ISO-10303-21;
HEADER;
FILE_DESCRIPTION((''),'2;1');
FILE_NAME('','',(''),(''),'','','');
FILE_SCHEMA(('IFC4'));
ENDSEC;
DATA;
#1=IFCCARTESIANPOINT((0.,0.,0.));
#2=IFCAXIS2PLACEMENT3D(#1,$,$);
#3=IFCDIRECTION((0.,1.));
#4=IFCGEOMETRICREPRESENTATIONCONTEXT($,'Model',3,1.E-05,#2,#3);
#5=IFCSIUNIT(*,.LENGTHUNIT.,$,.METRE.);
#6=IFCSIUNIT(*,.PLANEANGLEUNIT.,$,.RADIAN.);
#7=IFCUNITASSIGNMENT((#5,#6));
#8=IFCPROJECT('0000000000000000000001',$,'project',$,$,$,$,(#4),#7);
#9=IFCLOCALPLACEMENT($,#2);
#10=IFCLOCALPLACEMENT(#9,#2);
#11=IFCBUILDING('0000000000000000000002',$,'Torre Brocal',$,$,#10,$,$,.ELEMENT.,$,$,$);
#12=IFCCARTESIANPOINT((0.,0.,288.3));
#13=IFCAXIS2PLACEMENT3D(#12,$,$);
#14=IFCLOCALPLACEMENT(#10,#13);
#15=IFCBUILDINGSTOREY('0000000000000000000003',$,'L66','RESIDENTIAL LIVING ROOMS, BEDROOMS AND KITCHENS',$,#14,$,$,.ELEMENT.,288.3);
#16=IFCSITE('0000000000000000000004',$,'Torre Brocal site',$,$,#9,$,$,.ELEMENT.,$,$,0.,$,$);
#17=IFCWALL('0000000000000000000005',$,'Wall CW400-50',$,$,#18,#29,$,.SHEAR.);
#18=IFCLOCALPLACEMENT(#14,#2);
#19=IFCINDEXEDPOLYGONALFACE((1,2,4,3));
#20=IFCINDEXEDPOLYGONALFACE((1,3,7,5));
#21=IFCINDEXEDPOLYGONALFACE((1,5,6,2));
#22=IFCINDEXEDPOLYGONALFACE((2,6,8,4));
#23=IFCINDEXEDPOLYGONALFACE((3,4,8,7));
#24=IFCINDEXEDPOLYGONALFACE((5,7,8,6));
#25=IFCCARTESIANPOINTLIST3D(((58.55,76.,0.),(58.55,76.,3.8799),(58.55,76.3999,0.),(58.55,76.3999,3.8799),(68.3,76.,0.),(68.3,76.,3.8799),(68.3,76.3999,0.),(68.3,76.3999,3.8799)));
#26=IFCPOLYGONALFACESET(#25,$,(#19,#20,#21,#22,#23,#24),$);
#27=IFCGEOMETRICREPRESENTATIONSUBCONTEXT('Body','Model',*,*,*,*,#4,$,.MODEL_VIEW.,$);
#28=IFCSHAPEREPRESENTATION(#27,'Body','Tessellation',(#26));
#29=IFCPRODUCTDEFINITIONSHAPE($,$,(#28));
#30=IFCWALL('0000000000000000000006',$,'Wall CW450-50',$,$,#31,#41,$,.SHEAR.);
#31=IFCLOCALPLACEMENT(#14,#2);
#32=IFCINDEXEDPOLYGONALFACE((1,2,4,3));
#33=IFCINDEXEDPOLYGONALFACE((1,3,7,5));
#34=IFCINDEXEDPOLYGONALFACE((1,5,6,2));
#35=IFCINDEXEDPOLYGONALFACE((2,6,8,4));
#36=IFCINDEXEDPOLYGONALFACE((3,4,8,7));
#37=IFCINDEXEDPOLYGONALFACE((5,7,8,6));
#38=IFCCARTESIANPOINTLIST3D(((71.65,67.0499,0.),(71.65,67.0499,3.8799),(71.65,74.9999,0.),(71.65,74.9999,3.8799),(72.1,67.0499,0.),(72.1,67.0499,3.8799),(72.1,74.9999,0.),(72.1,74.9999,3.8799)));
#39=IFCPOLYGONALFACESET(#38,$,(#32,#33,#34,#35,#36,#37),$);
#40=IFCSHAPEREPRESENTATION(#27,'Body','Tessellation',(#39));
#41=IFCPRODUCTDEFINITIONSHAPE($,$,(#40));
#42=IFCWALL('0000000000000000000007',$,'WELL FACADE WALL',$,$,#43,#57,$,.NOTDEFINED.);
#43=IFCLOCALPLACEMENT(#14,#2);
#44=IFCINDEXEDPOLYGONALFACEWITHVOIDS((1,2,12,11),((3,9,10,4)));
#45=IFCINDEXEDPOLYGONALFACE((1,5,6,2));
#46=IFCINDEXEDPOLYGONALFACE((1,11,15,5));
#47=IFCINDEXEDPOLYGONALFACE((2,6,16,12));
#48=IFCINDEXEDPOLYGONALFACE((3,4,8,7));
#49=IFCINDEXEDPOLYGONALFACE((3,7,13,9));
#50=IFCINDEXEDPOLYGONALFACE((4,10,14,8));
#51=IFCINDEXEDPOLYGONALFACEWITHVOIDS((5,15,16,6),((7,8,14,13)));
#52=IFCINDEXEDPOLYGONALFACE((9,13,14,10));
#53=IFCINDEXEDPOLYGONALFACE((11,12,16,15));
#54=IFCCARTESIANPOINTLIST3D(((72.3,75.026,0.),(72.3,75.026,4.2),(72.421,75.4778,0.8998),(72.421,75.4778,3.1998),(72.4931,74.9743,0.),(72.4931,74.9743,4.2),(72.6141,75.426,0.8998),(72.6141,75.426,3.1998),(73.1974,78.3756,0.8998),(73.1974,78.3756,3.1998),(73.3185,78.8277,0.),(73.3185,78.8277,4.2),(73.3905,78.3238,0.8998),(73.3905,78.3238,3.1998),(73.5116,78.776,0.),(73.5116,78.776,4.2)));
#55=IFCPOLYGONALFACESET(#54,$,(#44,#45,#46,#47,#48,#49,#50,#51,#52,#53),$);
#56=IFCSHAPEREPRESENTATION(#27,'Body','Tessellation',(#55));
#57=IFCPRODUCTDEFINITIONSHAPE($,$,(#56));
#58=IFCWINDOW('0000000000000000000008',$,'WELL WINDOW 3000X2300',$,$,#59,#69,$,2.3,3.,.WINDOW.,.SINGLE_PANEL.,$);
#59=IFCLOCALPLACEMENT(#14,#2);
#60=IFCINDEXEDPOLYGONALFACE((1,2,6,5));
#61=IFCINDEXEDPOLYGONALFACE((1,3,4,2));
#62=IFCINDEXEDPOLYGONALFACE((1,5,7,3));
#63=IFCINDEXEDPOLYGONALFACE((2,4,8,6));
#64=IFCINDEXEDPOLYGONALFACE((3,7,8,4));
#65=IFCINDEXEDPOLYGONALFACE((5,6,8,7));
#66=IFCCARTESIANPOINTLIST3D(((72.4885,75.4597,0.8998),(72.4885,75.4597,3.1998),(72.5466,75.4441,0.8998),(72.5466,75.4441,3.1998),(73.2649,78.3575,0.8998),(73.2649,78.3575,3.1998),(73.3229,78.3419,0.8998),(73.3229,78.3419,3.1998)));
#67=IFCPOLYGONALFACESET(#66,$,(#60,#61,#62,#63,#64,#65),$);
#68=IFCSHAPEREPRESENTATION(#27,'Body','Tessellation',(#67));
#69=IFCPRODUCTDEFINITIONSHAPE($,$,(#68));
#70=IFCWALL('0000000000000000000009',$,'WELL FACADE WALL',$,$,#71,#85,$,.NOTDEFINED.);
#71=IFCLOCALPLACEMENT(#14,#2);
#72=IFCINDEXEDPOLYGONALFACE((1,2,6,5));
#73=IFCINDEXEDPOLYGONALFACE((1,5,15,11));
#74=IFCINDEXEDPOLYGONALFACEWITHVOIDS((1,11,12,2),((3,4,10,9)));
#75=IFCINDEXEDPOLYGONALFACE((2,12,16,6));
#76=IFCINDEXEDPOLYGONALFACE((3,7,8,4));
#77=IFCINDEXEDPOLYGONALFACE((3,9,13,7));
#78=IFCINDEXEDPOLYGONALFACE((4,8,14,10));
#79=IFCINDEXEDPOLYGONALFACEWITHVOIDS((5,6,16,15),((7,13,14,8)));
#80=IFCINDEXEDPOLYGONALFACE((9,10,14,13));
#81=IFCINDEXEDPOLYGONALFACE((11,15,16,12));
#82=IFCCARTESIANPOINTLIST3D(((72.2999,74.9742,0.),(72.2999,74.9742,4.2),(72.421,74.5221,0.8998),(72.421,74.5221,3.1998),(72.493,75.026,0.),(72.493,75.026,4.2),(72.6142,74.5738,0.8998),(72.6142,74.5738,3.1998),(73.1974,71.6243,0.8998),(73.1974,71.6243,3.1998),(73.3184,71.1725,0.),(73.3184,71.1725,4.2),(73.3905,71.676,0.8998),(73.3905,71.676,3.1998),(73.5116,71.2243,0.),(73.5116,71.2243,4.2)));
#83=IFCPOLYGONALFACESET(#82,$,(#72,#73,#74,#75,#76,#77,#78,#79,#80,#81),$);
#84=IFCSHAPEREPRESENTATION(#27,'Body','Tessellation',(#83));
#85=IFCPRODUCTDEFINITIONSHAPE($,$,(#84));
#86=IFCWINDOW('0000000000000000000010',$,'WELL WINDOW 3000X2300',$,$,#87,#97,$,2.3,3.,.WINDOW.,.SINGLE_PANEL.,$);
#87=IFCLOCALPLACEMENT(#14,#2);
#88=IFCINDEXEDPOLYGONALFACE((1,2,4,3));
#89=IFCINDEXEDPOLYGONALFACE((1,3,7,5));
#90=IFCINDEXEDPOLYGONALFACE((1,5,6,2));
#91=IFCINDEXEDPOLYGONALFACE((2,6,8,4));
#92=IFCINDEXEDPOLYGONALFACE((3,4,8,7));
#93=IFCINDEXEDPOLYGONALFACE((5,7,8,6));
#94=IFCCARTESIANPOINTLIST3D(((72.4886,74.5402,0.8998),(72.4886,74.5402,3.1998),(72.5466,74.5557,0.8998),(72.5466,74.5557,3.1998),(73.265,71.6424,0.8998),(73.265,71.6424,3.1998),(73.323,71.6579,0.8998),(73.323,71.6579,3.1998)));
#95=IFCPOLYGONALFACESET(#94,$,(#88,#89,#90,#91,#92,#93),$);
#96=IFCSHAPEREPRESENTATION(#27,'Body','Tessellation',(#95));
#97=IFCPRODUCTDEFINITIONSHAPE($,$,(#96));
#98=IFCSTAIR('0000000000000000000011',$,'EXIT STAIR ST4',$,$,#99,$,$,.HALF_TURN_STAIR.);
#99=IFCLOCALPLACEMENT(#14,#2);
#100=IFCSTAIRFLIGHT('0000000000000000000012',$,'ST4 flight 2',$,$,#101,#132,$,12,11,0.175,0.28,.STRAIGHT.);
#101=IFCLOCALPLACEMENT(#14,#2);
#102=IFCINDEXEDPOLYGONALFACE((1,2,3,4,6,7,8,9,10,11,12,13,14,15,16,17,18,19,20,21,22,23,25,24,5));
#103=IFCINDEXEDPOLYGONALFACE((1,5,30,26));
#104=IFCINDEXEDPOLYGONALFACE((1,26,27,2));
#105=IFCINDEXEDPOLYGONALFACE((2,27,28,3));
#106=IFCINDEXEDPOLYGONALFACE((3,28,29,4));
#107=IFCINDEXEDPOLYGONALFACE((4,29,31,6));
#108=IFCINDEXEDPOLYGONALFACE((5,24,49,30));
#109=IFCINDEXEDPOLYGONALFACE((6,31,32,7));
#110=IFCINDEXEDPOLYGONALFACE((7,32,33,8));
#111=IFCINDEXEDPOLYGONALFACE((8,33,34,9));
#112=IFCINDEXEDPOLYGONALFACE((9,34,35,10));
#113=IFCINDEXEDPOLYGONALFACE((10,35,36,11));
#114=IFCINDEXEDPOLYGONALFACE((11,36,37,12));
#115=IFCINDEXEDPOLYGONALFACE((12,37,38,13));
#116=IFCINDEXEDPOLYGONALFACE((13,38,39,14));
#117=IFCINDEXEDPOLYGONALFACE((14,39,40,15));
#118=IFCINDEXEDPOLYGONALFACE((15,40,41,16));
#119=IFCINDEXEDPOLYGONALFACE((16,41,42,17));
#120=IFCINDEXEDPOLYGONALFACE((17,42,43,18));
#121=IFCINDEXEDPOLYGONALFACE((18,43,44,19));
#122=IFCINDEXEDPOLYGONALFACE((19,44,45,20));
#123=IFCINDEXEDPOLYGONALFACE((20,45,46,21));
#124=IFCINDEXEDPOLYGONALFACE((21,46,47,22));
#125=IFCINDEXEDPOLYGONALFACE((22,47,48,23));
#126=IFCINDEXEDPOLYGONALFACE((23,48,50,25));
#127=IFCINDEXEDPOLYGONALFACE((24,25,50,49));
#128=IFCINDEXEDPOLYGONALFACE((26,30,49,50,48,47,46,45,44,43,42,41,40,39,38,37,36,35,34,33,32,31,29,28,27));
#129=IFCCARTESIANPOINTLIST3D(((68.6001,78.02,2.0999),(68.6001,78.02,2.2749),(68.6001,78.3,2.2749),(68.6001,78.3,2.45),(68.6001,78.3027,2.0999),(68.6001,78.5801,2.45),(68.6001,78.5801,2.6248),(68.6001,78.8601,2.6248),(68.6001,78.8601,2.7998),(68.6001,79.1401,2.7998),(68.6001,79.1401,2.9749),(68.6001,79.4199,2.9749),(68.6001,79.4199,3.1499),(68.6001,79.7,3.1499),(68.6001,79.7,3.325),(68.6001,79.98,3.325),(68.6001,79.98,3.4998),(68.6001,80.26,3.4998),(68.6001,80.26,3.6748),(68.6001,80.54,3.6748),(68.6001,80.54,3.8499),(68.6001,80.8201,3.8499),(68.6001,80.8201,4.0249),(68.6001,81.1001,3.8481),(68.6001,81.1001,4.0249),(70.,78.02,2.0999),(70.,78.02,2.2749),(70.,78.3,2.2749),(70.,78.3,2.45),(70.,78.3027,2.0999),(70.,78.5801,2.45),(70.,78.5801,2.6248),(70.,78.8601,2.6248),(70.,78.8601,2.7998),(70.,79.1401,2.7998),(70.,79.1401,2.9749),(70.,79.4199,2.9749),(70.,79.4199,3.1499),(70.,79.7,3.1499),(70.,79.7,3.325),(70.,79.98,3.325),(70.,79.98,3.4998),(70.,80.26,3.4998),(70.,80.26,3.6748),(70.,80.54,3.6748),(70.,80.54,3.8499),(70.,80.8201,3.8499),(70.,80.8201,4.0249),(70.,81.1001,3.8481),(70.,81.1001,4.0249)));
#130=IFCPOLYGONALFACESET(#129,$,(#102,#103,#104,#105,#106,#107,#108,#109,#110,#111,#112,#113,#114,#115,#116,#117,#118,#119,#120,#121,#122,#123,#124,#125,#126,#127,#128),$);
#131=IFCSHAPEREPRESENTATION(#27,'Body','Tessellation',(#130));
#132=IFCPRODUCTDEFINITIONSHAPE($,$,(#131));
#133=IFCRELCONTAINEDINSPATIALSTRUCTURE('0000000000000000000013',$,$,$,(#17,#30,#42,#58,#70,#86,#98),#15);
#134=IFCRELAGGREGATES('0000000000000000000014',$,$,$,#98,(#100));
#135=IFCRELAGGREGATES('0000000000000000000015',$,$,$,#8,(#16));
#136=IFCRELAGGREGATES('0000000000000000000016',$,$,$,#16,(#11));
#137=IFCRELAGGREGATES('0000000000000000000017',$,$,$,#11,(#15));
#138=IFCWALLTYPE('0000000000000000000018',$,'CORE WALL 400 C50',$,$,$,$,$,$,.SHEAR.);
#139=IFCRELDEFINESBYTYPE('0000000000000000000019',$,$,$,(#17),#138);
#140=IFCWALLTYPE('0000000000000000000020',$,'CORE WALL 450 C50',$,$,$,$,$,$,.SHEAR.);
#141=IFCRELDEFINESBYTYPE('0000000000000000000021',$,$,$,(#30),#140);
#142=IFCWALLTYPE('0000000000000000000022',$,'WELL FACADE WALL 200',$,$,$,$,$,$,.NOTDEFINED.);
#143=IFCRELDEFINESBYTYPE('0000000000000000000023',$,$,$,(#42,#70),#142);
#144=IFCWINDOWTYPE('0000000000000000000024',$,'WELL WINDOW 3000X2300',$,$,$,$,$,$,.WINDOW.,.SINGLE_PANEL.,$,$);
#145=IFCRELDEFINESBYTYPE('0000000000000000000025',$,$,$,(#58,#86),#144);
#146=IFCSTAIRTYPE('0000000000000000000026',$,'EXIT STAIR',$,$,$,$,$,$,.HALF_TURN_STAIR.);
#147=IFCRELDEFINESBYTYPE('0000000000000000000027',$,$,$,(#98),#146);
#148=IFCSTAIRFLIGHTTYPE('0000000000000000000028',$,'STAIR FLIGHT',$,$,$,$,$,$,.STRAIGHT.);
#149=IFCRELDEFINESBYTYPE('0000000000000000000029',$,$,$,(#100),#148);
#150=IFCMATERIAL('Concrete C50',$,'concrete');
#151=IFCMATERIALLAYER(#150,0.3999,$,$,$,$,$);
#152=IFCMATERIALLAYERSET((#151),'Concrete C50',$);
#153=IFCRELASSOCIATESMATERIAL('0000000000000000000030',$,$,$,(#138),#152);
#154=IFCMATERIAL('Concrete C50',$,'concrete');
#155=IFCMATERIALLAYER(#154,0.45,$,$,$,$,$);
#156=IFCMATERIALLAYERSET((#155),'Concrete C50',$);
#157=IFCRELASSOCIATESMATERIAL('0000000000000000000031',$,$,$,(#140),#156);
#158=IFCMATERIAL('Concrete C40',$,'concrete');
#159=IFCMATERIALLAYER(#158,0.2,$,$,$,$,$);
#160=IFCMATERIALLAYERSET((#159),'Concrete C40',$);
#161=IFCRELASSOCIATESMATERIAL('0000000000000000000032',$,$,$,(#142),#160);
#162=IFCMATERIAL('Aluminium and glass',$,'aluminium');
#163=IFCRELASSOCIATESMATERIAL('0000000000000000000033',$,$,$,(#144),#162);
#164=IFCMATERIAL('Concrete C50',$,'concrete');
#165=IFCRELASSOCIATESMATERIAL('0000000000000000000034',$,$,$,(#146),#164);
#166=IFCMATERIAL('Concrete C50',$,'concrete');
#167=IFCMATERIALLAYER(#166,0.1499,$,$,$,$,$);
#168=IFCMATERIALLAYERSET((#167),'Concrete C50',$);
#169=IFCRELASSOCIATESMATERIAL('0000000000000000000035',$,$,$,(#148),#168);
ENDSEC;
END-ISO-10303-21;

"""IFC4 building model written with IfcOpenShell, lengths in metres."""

from ifc_helpers import new_model, si_unit, direction, frame, frame_2d, origin, place, context, subcontext, project, spatial, polyline, rectangle, outline, extrude, material, layer, layer_set, type_object, element, fill, aggregate, save


model = new_model("IFC4")

# Units and contexts
model_context = context("Model", 3, precision=1e-05, world=origin(), true_north=direction((0.0, 1.0)))
body_context = subcontext(model_context, "Body", "Model", "MODEL_VIEW")
ifc_project = project(units=[si_unit("LENGTHUNIT", "METRE"), si_unit("PLANEANGLEUNIT", "RADIAN")], contexts=[model_context])

# Site, building, storey
site_placement = place(None, origin())
site = spatial("IfcSite", under=ifc_project, at=site_placement, Name="Torre Brocal site", CompositionType="ELEMENT", RefElevation=0.0)
building_placement = place(site_placement, origin())
building = spatial("IfcBuilding", under=site, at=building_placement, Name="Torre Brocal", CompositionType="ELEMENT")
storey_placement = place(building_placement, frame((0.0, 0.0, 288.3)))
storey = spatial("IfcBuildingStorey", under=building, at=storey_placement, Name="L66", Description="RESIDENTIAL LIVING ROOMS, BEDROOMS AND KITCHENS", CompositionType="ELEMENT", Elevation=288.3)

# Walls
ifc_material_1 = material(Name="Concrete C50", Category="concrete")
ifc_layer_1 = layer(ifc_material_1, 0.3999)
ifc_layer_set_1 = layer_set([ifc_layer_1], Name="Concrete C50")
wall_type_1 = type_object("IfcWallType", Name="CORE WALL 400 C50", PredefinedType="SHEAR", material=ifc_layer_set_1)
wall_1_placement = place(storey_placement, frame((68.3, 76.2, 0.0), z_axis=(0.0, 0.0, 1.0), x_axis=(-1.0, 0.0, 0.0)))
element("IfcWall", 1, at=wall_1_placement, inside=storey, type_object=wall_type_1, Name="Wall CW400-50", PredefinedType="SHEAR", context=body_context, shape_type="SweptSolid", body=[
    extrude(rectangle(XDim=9.75, YDim=0.3999, at=frame_2d((4.875, 0.0))), origin(), (0.0, 0.0, 1.0), 3.8799),
])
ifc_material_2 = material(Name="Concrete C50", Category="concrete")
ifc_layer_2 = layer(ifc_material_2, 0.45)
ifc_layer_set_2 = layer_set([ifc_layer_2], Name="Concrete C50")
wall_type_2 = type_object("IfcWallType", Name="CORE WALL 450 C50", PredefinedType="SHEAR", material=ifc_layer_set_2)
wall_2_placement = place(storey_placement, frame((71.875, 75.0, 0.0), z_axis=(0.0, 0.0, 1.0), x_axis=(0.0, -1.0, 0.0)))
element("IfcWall", 2, at=wall_2_placement, inside=storey, type_object=wall_type_2, Name="Wall CW450-50", PredefinedType="SHEAR", context=body_context, shape_type="SweptSolid", body=[
    extrude(rectangle(XDim=7.95, YDim=0.45, at=frame_2d((3.9751, 0.0))), origin(), (0.0, 0.0, 1.0), 3.8799),
])

# Walls, openings, windows
ifc_material_3 = material(Name="Concrete C40", Category="concrete")
ifc_layer_3 = layer(ifc_material_3, 0.2)
ifc_layer_set_3 = layer_set([ifc_layer_3], Name="Concrete C40")
wall_type_3 = type_object("IfcWallType", Name="WELL FACADE WALL 200", PredefinedType="NOTDEFINED", material=ifc_layer_set_3)
wall_3_placement = place(storey_placement, frame((73.415, 78.8018, 0.0), z_axis=(0.0, 0.0, 1.0), x_axis=(-0.25879, -0.965934, 0.0)))
wall_3 = element("IfcWall", 3, at=wall_3_placement, inside=storey, type_object=wall_type_3, Name="WELL FACADE WALL", PredefinedType="NOTDEFINED", context=body_context, shape_type="SweptSolid", body=[
    extrude(rectangle(XDim=3.9358, YDim=0.2, at=frame_2d((1.9678, 0.0))), origin(), (0.0, 0.0, 1.0), 4.2),
])
opening_1_placement = place(wall_3_placement, frame((0.468, 0.0, 0.8999)))
opening_1 = element("IfcOpeningElement", 4, at=opening_1_placement, cuts=wall_3, PredefinedType="OPENING", context=body_context, shape_type="SweptSolid", body=[
    extrude(rectangle(XDim=3.0, YDim=2.3, at=frame_2d((1.5, 1.1499))), frame((0.0, 0.1099, 0.0), z_axis=(0.0, -1.0, 0.0), x_axis=(1.0, 0.0, 0.0)), (0.0, 0.0, 1.0), 0.22),
])
ifc_material_4 = material(Name="Aluminium and glass", Category="aluminium")
window_type = type_object("IfcWindowType", Name="WELL WINDOW 3000X2300", PartitioningType="SINGLE_PANEL", PredefinedType="WINDOW", material=ifc_material_4)
window_1_placement = place(opening_1_placement, origin())
window_1 = element("IfcWindow", 5, at=window_1_placement, inside=storey, type_object=window_type, Name="WELL WINDOW 3000X2300", OverallHeight=2.3, OverallWidth=3.0, PartitioningType="SINGLE_PANEL", PredefinedType="WINDOW", context=body_context, shape_type="SweptSolid", body=[
    extrude(rectangle(XDim=3.0, YDim=2.3, at=frame_2d((1.5, 1.1499))), frame((0.0, 0.03, 0.0), z_axis=(0.0, -1.0, 0.0), x_axis=(1.0, 0.0, 0.0)), (0.0, 0.0, 1.0), 0.0601),
])
fill(opening_1, window_1)
wall_4_placement = place(storey_placement, frame((72.3965, 75.0, 0.0), z_axis=(0.0, 0.0, 1.0), x_axis=(0.25879, -0.965934, 0.0)))
wall_4 = element("IfcWall", 6, at=wall_4_placement, inside=storey, type_object=wall_type_3, Name="WELL FACADE WALL", PredefinedType="NOTDEFINED", context=body_context, shape_type="SweptSolid", body=[
    extrude(rectangle(XDim=3.9358, YDim=0.2, at=frame_2d((1.9678, 0.0))), origin(), (0.0, 0.0, 1.0), 4.2),
])
opening_2_placement = place(wall_4_placement, frame((0.468, 0.0, 0.8999)))
opening_2 = element("IfcOpeningElement", 7, at=opening_2_placement, cuts=wall_4, PredefinedType="OPENING", context=body_context, shape_type="SweptSolid", body=[
    extrude(rectangle(XDim=3.0, YDim=2.3, at=frame_2d((1.5, 1.1499))), frame((0.0, 0.1099, 0.0), z_axis=(0.0, -1.0, 0.0), x_axis=(1.0, 0.0, 0.0)), (0.0, 0.0, 1.0), 0.22),
])
window_2_placement = place(opening_2_placement, origin())
window_2 = element("IfcWindow", 8, at=window_2_placement, inside=storey, type_object=window_type, Name="WELL WINDOW 3000X2300", OverallHeight=2.3, OverallWidth=3.0, PartitioningType="SINGLE_PANEL", PredefinedType="WINDOW", context=body_context, shape_type="SweptSolid", body=[
    extrude(rectangle(XDim=3.0, YDim=2.3, at=frame_2d((1.5, 1.1499))), frame((0.0, 0.03, 0.0), z_axis=(0.0, -1.0, 0.0), x_axis=(1.0, 0.0, 0.0)), (0.0, 0.0, 1.0), 0.0601),
])
fill(opening_2, window_2)

# Stair, stair flight
ifc_material_5 = material(Name="Concrete C50", Category="concrete")
stair_type = type_object("IfcStairType", Name="EXIT STAIR", PredefinedType="HALF_TURN_STAIR", material=ifc_material_5)
stair_placement = place(storey_placement, origin())
stair = element("IfcStair", 9, at=stair_placement, inside=storey, type_object=stair_type, Name="EXIT STAIR ST4", PredefinedType="HALF_TURN_STAIR")
ifc_material_6 = material(Name="Concrete C50", Category="concrete")
ifc_layer_4 = layer(ifc_material_6, 0.1499)
ifc_layer_set_4 = layer_set([ifc_layer_4], Name="Concrete C50")
stair_flight_type = type_object("IfcStairFlightType", Name="STAIR FLIGHT", PredefinedType="STRAIGHT", material=ifc_layer_set_4)
stair_flight_placement = place(storey_placement, frame((69.3, 78.02, 2.0999), z_axis=(0.0, 0.0, 1.0), x_axis=(0.0, 1.0, 0.0)))
stair_flight = element("IfcStairFlight", 10, at=stair_flight_placement, type_object=stair_flight_type, Name="ST4 flight 2", NumberOfRisers=12, NumberOfTreads=11, PredefinedType="STRAIGHT", RiserHeight=0.175, TreadLength=0.28, context=body_context, shape_type="SweptSolid", body=[
    extrude(outline(polyline([(0.0, 0.0), (0.0, 0.175), (0.28, 0.175), (0.28, 0.3501), (0.5601, 0.3501), (0.5601, 0.5249), (0.8401, 0.5249), (0.8401, 0.7), (1.1201, 0.7), (1.1201, 0.875), (1.3999, 0.875), (1.3999, 1.05), (1.6799, 1.05), (1.6799, 1.2251), (1.96, 1.2251), (1.96, 1.3999), (2.24, 1.3999), (2.24, 1.575), (2.52, 1.575), (2.52, 1.75), (2.8, 1.75), (2.8, 1.925), (3.0801, 1.925), (3.0801, 2.1001), (3.0801, 1.7483), (0.2827, 0.0), (0.0, 0.0)])), frame((0.0, 0.7, 0.0), z_axis=(0.0, -1.0, 0.0), x_axis=(1.0, 0.0, 0.0)), (0.0, 0.0, 1.0), 1.3999),
])
aggregate(stair, [stair_flight])

save(model, "model.ifc")
